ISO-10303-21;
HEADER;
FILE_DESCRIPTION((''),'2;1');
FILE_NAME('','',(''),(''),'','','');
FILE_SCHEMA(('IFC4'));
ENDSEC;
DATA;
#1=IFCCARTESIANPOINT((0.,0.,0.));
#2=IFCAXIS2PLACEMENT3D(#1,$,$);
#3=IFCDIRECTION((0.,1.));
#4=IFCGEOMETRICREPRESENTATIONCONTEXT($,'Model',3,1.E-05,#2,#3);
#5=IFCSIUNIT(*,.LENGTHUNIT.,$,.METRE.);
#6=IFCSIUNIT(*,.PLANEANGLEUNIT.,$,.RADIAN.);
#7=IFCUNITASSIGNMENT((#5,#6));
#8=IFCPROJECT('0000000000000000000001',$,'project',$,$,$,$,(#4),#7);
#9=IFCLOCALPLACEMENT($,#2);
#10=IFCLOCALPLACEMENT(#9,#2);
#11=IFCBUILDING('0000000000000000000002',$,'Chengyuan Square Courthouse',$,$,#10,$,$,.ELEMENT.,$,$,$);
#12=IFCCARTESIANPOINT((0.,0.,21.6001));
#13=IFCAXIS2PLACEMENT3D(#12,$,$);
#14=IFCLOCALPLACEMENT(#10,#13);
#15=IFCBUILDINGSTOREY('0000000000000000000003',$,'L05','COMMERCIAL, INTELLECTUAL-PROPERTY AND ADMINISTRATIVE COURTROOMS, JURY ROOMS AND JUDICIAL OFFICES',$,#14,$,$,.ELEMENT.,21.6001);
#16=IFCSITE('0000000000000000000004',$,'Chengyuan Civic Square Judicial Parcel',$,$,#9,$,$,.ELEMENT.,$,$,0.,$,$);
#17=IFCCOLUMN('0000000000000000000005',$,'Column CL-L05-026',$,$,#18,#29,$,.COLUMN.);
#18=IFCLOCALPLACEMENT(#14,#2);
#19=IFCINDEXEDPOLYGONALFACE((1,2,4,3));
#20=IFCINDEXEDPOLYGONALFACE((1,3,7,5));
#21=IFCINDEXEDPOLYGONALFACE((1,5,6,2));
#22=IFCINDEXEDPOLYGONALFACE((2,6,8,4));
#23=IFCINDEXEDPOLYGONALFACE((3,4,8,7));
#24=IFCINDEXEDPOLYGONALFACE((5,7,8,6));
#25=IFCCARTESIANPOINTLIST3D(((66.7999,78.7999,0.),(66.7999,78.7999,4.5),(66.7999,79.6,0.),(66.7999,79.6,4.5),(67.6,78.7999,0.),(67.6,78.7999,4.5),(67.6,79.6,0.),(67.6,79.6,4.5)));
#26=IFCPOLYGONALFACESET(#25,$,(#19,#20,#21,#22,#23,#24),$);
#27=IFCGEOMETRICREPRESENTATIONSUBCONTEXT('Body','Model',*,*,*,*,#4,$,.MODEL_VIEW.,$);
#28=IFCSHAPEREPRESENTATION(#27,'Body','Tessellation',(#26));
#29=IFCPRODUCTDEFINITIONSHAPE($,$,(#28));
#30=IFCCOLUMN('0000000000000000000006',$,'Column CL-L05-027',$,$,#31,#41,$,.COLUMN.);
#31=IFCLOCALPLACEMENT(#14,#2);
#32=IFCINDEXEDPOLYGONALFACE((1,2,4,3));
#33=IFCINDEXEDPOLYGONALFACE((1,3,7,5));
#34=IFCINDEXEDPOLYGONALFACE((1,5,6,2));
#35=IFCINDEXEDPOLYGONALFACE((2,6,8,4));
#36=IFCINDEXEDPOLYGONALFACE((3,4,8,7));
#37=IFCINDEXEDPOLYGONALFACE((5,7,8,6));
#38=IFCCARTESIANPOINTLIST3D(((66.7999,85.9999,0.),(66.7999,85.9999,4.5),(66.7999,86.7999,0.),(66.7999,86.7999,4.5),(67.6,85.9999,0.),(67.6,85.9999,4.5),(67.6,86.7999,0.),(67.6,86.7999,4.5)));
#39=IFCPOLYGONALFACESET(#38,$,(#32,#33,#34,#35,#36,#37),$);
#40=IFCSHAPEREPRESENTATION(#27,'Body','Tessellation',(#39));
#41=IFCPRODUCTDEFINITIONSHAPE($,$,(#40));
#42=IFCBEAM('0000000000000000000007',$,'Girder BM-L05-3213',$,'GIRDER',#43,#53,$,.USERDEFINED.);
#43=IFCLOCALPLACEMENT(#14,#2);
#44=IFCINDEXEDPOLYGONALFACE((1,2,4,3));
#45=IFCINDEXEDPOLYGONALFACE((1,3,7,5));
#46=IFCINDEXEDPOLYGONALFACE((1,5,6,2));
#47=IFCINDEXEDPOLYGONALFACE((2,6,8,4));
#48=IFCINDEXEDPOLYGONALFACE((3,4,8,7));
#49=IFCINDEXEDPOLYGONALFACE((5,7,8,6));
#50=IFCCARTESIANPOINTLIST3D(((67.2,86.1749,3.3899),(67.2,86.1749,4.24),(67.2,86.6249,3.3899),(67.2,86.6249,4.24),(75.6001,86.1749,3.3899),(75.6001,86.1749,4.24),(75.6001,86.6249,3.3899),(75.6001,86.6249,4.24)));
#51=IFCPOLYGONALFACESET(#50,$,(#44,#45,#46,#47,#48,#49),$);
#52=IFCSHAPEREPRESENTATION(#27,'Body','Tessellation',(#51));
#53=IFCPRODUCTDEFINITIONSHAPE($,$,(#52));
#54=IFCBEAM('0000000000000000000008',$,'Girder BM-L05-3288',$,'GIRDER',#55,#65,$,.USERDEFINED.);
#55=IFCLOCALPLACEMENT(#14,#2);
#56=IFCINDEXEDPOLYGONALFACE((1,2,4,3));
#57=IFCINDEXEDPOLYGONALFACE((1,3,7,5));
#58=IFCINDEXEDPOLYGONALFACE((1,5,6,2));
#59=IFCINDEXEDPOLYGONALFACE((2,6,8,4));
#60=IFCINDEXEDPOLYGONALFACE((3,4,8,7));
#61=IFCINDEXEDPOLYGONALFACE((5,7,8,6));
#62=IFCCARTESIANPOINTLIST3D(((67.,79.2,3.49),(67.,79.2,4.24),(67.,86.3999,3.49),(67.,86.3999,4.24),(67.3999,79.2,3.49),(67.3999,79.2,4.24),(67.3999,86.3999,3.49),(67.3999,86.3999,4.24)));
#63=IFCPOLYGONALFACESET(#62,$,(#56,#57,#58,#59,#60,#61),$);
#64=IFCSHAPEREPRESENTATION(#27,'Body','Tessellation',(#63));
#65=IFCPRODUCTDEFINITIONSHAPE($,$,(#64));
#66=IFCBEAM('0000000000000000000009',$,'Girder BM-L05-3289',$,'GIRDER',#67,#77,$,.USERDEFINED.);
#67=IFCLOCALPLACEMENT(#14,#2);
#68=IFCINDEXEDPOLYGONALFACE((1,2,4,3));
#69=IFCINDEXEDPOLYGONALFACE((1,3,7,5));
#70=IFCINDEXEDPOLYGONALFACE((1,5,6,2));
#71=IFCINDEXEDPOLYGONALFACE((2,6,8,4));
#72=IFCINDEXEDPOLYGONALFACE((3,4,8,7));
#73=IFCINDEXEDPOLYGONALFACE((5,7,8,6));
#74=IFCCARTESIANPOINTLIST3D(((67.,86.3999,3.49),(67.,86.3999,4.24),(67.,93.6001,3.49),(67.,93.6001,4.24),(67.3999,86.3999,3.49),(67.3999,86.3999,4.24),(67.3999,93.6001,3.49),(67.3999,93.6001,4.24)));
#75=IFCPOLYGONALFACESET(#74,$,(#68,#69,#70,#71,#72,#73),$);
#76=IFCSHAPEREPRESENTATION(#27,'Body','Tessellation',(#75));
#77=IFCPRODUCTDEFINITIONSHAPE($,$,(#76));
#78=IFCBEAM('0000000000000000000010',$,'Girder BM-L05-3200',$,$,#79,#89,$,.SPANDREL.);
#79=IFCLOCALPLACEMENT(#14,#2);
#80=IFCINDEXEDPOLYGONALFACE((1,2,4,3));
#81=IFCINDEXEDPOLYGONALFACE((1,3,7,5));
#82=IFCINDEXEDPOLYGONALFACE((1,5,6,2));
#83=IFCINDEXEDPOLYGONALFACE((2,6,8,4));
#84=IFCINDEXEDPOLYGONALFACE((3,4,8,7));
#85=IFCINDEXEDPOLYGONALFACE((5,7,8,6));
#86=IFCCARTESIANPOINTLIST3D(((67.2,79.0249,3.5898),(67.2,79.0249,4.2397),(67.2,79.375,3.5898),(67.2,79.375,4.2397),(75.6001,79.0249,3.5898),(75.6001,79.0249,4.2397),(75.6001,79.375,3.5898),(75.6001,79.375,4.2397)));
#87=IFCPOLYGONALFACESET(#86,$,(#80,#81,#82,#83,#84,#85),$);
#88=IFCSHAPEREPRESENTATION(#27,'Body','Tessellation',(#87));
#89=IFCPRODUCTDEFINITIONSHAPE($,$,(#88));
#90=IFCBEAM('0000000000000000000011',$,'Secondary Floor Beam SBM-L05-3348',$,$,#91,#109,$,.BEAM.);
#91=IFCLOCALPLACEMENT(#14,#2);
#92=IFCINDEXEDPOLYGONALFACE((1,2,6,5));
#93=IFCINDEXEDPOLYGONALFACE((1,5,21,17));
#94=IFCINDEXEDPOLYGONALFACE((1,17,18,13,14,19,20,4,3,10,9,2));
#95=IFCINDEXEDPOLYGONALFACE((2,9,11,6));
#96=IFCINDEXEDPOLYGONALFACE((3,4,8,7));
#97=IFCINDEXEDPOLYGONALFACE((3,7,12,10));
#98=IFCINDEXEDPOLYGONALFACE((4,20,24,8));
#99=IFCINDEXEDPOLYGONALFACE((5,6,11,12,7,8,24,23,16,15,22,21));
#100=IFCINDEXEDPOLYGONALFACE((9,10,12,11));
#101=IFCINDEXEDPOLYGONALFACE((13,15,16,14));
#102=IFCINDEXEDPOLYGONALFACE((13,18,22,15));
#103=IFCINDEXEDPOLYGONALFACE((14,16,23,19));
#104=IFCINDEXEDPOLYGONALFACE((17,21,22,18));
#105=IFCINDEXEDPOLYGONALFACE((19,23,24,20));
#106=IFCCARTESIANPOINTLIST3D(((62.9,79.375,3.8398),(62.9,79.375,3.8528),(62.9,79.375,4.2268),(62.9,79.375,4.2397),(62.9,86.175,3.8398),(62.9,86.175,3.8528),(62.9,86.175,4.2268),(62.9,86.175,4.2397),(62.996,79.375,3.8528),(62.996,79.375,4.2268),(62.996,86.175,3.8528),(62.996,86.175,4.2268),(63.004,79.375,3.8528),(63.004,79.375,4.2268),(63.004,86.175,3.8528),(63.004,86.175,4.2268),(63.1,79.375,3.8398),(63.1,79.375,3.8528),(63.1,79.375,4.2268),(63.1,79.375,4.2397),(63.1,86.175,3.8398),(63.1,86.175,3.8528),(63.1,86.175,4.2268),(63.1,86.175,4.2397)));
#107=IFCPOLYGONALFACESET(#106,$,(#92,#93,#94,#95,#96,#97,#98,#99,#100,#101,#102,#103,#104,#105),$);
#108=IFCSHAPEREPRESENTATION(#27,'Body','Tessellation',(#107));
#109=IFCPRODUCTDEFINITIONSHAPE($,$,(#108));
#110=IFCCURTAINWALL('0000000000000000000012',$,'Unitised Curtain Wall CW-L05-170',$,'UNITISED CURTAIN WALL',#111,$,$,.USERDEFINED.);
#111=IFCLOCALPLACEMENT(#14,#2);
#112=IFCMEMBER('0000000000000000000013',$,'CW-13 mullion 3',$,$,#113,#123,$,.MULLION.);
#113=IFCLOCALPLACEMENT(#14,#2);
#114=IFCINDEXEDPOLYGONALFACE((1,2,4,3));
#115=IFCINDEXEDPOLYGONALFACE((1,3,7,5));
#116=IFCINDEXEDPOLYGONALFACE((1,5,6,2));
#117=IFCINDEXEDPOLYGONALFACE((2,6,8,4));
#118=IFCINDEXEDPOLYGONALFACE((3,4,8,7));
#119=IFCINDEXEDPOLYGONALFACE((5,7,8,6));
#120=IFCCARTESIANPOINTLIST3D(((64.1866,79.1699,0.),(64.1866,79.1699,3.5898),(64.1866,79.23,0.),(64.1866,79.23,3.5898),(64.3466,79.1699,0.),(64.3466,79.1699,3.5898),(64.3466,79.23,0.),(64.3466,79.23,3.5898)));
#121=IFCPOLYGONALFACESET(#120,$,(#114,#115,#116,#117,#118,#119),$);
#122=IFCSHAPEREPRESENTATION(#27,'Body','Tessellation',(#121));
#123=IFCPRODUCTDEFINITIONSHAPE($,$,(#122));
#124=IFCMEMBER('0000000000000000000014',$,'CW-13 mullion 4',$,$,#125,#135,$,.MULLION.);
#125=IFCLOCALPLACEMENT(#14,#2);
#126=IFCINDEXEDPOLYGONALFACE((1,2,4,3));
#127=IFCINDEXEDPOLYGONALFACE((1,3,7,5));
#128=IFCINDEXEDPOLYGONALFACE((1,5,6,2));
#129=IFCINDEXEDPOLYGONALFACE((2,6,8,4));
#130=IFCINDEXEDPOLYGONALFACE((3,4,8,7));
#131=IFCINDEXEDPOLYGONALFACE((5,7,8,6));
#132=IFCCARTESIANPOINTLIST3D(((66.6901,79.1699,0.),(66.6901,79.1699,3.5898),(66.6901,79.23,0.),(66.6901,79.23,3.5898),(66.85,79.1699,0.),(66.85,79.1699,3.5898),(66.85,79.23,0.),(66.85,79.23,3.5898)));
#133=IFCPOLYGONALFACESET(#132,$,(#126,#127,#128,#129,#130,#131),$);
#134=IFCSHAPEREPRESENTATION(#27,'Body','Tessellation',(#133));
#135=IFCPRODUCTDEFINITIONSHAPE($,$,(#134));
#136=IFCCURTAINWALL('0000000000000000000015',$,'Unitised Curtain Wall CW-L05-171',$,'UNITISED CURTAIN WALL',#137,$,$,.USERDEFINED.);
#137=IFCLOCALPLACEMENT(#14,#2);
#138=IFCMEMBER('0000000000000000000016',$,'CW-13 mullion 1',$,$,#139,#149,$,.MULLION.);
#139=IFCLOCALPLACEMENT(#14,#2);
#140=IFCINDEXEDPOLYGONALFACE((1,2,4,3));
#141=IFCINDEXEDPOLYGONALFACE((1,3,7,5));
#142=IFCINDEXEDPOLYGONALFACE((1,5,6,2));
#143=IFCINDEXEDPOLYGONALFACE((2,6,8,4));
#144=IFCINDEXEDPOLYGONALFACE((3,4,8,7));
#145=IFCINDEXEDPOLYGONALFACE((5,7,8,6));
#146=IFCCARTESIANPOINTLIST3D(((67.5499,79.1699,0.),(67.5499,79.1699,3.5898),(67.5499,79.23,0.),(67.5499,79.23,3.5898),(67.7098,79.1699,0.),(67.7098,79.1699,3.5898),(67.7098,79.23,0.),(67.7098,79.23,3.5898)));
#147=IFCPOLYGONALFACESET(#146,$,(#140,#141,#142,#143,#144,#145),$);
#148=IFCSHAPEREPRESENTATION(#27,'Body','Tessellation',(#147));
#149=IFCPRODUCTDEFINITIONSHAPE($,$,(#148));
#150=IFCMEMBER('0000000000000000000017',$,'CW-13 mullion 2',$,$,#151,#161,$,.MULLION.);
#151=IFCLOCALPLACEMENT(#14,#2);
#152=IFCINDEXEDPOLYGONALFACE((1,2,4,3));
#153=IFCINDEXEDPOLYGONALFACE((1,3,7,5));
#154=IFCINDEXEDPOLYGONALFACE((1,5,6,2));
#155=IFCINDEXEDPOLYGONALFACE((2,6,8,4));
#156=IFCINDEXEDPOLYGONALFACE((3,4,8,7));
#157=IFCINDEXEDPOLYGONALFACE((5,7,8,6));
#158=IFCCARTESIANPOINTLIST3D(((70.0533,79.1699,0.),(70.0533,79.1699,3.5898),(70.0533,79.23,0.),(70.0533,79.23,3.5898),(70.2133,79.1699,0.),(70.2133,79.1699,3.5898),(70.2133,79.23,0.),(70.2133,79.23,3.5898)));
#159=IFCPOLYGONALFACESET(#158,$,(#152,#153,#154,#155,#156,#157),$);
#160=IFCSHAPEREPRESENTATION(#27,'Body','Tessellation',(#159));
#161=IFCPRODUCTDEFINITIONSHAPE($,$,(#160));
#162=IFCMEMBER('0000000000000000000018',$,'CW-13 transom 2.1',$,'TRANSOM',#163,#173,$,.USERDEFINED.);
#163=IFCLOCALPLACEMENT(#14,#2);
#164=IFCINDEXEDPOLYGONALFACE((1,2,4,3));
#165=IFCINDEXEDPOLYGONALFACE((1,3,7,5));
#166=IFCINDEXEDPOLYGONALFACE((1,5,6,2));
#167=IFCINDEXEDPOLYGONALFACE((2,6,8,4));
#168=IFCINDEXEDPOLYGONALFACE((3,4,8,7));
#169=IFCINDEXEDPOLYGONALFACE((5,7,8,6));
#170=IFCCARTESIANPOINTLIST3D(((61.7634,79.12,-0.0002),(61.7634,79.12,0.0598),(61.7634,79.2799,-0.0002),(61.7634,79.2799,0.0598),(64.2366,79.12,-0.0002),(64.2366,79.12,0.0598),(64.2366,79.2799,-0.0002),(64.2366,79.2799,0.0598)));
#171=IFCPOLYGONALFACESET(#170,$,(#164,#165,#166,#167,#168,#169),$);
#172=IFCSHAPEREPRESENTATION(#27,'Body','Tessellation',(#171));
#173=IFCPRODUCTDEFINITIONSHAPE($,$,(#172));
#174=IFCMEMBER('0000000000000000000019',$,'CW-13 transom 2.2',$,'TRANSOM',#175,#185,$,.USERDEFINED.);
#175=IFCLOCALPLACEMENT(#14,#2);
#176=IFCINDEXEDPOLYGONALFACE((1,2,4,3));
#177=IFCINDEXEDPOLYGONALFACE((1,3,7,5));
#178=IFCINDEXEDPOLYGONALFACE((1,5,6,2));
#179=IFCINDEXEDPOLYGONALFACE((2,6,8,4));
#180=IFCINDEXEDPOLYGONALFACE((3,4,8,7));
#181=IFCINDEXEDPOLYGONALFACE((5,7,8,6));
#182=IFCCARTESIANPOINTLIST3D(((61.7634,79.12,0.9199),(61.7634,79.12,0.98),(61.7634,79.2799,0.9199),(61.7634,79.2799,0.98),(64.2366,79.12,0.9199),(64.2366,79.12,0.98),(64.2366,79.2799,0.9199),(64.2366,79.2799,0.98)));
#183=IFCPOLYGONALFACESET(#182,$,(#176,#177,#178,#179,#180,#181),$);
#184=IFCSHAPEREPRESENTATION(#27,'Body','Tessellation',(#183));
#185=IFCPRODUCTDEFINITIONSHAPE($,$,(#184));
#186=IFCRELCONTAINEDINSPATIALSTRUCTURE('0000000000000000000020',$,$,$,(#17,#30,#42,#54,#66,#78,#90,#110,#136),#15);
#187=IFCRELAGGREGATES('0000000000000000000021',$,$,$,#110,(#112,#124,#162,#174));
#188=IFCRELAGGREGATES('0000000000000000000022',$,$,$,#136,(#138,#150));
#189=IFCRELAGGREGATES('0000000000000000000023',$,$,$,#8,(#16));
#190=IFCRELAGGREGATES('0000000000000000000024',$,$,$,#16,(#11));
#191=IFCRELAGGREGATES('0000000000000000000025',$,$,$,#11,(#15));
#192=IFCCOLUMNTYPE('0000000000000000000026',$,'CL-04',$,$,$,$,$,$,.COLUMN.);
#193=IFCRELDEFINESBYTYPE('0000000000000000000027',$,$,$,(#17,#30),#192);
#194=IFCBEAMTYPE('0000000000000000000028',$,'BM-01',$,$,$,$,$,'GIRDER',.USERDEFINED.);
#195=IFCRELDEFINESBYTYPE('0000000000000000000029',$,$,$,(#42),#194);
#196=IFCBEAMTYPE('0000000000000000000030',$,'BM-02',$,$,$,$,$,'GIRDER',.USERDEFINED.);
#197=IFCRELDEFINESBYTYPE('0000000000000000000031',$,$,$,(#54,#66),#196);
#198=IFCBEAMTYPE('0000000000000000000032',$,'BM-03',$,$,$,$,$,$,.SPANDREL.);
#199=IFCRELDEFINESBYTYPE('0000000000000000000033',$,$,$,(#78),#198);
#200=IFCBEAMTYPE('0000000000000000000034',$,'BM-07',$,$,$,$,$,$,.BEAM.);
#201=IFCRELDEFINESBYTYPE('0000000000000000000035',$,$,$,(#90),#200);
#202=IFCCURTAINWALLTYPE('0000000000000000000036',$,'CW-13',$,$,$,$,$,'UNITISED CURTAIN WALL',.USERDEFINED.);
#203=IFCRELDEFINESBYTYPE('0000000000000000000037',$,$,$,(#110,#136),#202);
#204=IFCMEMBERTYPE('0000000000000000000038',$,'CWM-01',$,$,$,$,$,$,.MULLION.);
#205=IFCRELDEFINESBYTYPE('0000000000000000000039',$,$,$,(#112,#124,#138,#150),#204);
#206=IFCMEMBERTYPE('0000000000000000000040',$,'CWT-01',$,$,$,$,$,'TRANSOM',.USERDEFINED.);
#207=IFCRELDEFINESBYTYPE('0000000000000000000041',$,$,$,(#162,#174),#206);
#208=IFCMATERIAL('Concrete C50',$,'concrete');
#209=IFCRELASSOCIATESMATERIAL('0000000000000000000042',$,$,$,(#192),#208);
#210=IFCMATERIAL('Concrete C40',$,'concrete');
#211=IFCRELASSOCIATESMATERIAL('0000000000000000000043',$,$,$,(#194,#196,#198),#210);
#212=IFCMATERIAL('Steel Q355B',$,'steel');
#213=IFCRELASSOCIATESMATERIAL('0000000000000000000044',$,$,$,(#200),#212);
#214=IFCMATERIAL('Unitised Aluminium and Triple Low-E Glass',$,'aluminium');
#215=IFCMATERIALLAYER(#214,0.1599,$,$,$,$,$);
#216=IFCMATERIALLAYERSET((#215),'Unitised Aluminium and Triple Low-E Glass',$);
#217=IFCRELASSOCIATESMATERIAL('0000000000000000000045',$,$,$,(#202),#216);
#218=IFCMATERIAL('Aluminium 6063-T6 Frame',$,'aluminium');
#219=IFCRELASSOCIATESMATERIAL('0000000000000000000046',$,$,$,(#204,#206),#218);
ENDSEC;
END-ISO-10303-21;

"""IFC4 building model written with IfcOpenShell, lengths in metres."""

from ifc_helpers import new_model, si_unit, direction, frame, origin, origin_2d, place, context, subcontext, project, spatial, rectangle, i_section, extrude, material, layer, layer_set, material_profile, profile_set, type_object, element, aggregate, save


model = new_model("IFC4")

# Units and contexts
model_context = context("Model", 3, precision=1e-05, world=origin(), true_north=direction((0.0, 1.0)))
body_context = subcontext(model_context, "Body", "Model", "MODEL_VIEW")
ifc_project = project(units=[si_unit("LENGTHUNIT", "METRE"), si_unit("PLANEANGLEUNIT", "RADIAN")], contexts=[model_context])

# Site, building, storey
site_placement = place(None, origin())
site = spatial("IfcSite", under=ifc_project, at=site_placement, Name="Chengyuan Civic Square Judicial Parcel", CompositionType="ELEMENT", RefElevation=0.0)
building_placement = place(site_placement, origin())
building = spatial("IfcBuilding", under=site, at=building_placement, Name="Chengyuan Square Courthouse", CompositionType="ELEMENT")
storey_placement = place(building_placement, frame((0.0, 0.0, 21.6001)))
storey = spatial("IfcBuildingStorey", under=building, at=storey_placement, Name="L05", Description="COMMERCIAL, INTELLECTUAL-PROPERTY AND ADMINISTRATIVE COURTROOMS, JURY ROOMS AND JUDICIAL OFFICES", CompositionType="ELEMENT", Elevation=21.6001)

# Columns
ifc_material_1 = material(Name="Concrete C50", Category="concrete")
ifc_material_profile_1 = material_profile(ifc_material_1, rectangle(XDim=0.8, YDim=0.8, at=origin_2d()), Name="RC-COL-800x800")
ifc_profile_set_1 = profile_set([ifc_material_profile_1], Name="Concrete C50")
column_type = type_object("IfcColumnType", Name="CL-04", PredefinedType="COLUMN", material=ifc_profile_set_1)
for number, where, z_axis, x_axis, name in (
    (1, (67.2, 79.2, 0.0), (0.0, 0.0, 1.0), (1.0, 0.0, 0.0), "Column CL-L05-026"),
    (2, (67.2, 86.3999, 0.0), (0.0, 0.0, 1.0), (1.0, 0.0, 0.0), "Column CL-L05-027"),
):
    element("IfcColumn", number, at=place(storey_placement, frame(where, z_axis=z_axis, x_axis=x_axis)), inside=storey, type_object=column_type, Name=name, PredefinedType="COLUMN", context=body_context, shape_type="SweptSolid", body=[
        extrude(rectangle(XDim=0.8, YDim=0.8, at=origin_2d()), origin(), (0.0, 0.0, 1.0), 4.5),
    ])

# Beams
ifc_material_2 = material(Name="Concrete C40", Category="concrete")
ifc_material_profile_2 = material_profile(ifc_material_2, rectangle(XDim=0.45, YDim=0.8501, at=origin_2d()), Name="RC-BM-450x850")
ifc_profile_set_2 = profile_set([ifc_material_profile_2], Name="Concrete C40")
beam_type_1 = type_object("IfcBeamType", Name="BM-01", ElementType="GIRDER", PredefinedType="USERDEFINED", material=ifc_profile_set_2)
beam_1_placement = place(storey_placement, frame((67.2, 86.3999, 3.8149), z_axis=(1.0, 0.0, 0.0), x_axis=(0.0, 1.0, 0.0)))
element("IfcBeam", 3, at=beam_1_placement, inside=storey, type_object=beam_type_1, Name="Girder BM-L05-3213", ObjectType="GIRDER", PredefinedType="USERDEFINED", context=body_context, shape_type="SweptSolid", body=[
    extrude(rectangle(XDim=0.45, YDim=0.8501, at=origin_2d()), origin(), (0.0, 0.0, 1.0), 8.4001),
])
ifc_material_profile_3 = material_profile(ifc_material_2, rectangle(XDim=0.3999, YDim=0.75, at=origin_2d()), Name="RC-BM-400x750")
ifc_profile_set_3 = profile_set([ifc_material_profile_3], Name="Concrete C40")
beam_type_2 = type_object("IfcBeamType", Name="BM-02", ElementType="GIRDER", PredefinedType="USERDEFINED", material=ifc_profile_set_3)
beam_2_placement = place(storey_placement, frame((67.2, 79.2, 3.865), z_axis=(0.0, 1.0, 0.0), x_axis=(-1.0, 0.0, 0.0)))
element("IfcBeam", 4, at=beam_2_placement, inside=storey, type_object=beam_type_2, Name="Girder BM-L05-3288", ObjectType="GIRDER", PredefinedType="USERDEFINED", context=body_context, shape_type="SweptSolid", body=[
    extrude(rectangle(XDim=0.3999, YDim=0.75, at=origin_2d()), origin(), (0.0, 0.0, 1.0), 7.2),
])
beam_3_placement = place(storey_placement, frame((67.2, 86.3999, 3.865), z_axis=(0.0, 1.0, 0.0), x_axis=(-1.0, 0.0, 0.0)))
element("IfcBeam", 5, at=beam_3_placement, inside=storey, type_object=beam_type_2, Name="Girder BM-L05-3289", ObjectType="GIRDER", PredefinedType="USERDEFINED", context=body_context, shape_type="SweptSolid", body=[
    extrude(rectangle(XDim=0.3999, YDim=0.75, at=origin_2d()), origin(), (0.0, 0.0, 1.0), 7.2002),
])
ifc_material_profile_4 = material_profile(ifc_material_2, rectangle(XDim=0.3501, YDim=0.6499, at=origin_2d()), Name="RC-BM-350x650")
ifc_profile_set_4 = profile_set([ifc_material_profile_4], Name="Concrete C40")
beam_type_3 = type_object("IfcBeamType", Name="BM-03", PredefinedType="SPANDREL", material=ifc_profile_set_4)
beam_4_placement = place(storey_placement, frame((67.2, 79.2, 3.9148), z_axis=(1.0, 0.0, 0.0), x_axis=(0.0, 1.0, 0.0)))
element("IfcBeam", 6, at=beam_4_placement, inside=storey, type_object=beam_type_3, Name="Girder BM-L05-3200", PredefinedType="SPANDREL", context=body_context, shape_type="SweptSolid", body=[
    extrude(rectangle(XDim=0.3501, YDim=0.6499, at=origin_2d()), origin(), (0.0, 0.0, 1.0), 8.4001),
])
ifc_material_3 = material(Name="Steel Q355B", Category="steel")
ifc_material_profile_5 = material_profile(ifc_material_3, i_section(OverallWidth=0.2, OverallDepth=0.3999, WebThickness=0.0081, FlangeThickness=0.0129, at=origin_2d()), Name="HN 400x200x8x13")
ifc_profile_set_5 = profile_set([ifc_material_profile_5], Name="Steel Q355B")
beam_type_4 = type_object("IfcBeamType", Name="BM-07", PredefinedType="BEAM", material=ifc_profile_set_5)
beam_5_placement = place(storey_placement, frame((63.0, 79.375, 4.0398), z_axis=(0.0, 1.0, 0.0), x_axis=(-1.0, 0.0, 0.0)))
element("IfcBeam", 7, at=beam_5_placement, inside=storey, type_object=beam_type_4, Name="Secondary Floor Beam SBM-L05-3348", PredefinedType="BEAM", context=body_context, shape_type="SweptSolid", body=[
    extrude(i_section(OverallWidth=0.2, OverallDepth=0.3999, WebThickness=0.0081, FlangeThickness=0.0129, at=origin_2d()), origin(), (0.0, 0.0, 1.0), 6.8),
])

# Curtain walls, members
ifc_material_4 = material(Name="Unitised Aluminium and Triple Low-E Glass", Category="aluminium")
ifc_layer_1 = layer(ifc_material_4, 0.1599)
ifc_layer_set_1 = layer_set([ifc_layer_1], Name="Unitised Aluminium and Triple Low-E Glass")
curtain_wall_type = type_object("IfcCurtainWallType", Name="CW-13", ElementType="UNITISED CURTAIN WALL", PredefinedType="USERDEFINED", material=ifc_layer_set_1)
curtain_wall_1_placement = place(storey_placement, origin())
curtain_wall_1 = element("IfcCurtainWall", 8, at=curtain_wall_1_placement, inside=storey, type_object=curtain_wall_type, Name="Unitised Curtain Wall CW-L05-170", ObjectType="UNITISED CURTAIN WALL", PredefinedType="USERDEFINED")
ifc_material_5 = material(Name="Aluminium 6063-T6 Frame", Category="aluminium")
ifc_material_profile_6 = material_profile(ifc_material_5, rectangle(XDim=0.0601, YDim=0.1599, at=origin_2d()), Name="CW-MUL-60x160")
ifc_profile_set_6 = profile_set([ifc_material_profile_6], Name="Aluminium 6063-T6 Frame")
member_type_1 = type_object("IfcMemberType", Name="CWM-01", PredefinedType="MULLION", material=ifc_profile_set_6)
member_1_placement = place(storey_placement, frame((64.2666, 79.2, 0.0), z_axis=(0.0, 0.0, 1.0), x_axis=(0.0, 1.0, 0.0)))
member_1 = element("IfcMember", 9, at=member_1_placement, type_object=member_type_1, Name="CW-13 mullion 3", PredefinedType="MULLION", context=body_context, shape_type="SweptSolid", body=[
    extrude(rectangle(XDim=0.0601, YDim=0.1599, at=origin_2d()), origin(), (0.0, 0.0, 1.0), 3.5898),
])
member_2_placement = place(storey_placement, frame((66.77, 79.2, 0.0), z_axis=(0.0, 0.0, 1.0), x_axis=(0.0, 1.0, 0.0)))
member_2 = element("IfcMember", 10, at=member_2_placement, type_object=member_type_1, Name="CW-13 mullion 4", PredefinedType="MULLION", context=body_context, shape_type="SweptSolid", body=[
    extrude(rectangle(XDim=0.0601, YDim=0.1599, at=origin_2d()), origin(), (0.0, 0.0, 1.0), 3.5898),
])
curtain_wall_2_placement = place(storey_placement, origin())
curtain_wall_2 = element("IfcCurtainWall", 11, at=curtain_wall_2_placement, inside=storey, type_object=curtain_wall_type, Name="Unitised Curtain Wall CW-L05-171", ObjectType="UNITISED CURTAIN WALL", PredefinedType="USERDEFINED")
member_3_placement = place(storey_placement, frame((67.6299, 79.2, 0.0), z_axis=(0.0, 0.0, 1.0), x_axis=(0.0, 1.0, 0.0)))
member_3 = element("IfcMember", 12, at=member_3_placement, type_object=member_type_1, Name="CW-13 mullion 1", PredefinedType="MULLION", context=body_context, shape_type="SweptSolid", body=[
    extrude(rectangle(XDim=0.0601, YDim=0.1599, at=origin_2d()), origin(), (0.0, 0.0, 1.0), 3.5898),
])
member_4_placement = place(storey_placement, frame((70.1333, 79.2, 0.0), z_axis=(0.0, 0.0, 1.0), x_axis=(0.0, 1.0, 0.0)))
member_4 = element("IfcMember", 13, at=member_4_placement, type_object=member_type_1, Name="CW-13 mullion 2", PredefinedType="MULLION", context=body_context, shape_type="SweptSolid", body=[
    extrude(rectangle(XDim=0.0601, YDim=0.1599, at=origin_2d()), origin(), (0.0, 0.0, 1.0), 3.5898),
])

# Members
ifc_material_profile_7 = material_profile(ifc_material_5, rectangle(XDim=0.1599, YDim=0.0601, at=origin_2d()), Name="CW-TRN-60x120")
ifc_profile_set_7 = profile_set([ifc_material_profile_7], Name="Aluminium 6063-T6 Frame")
member_type_2 = type_object("IfcMemberType", Name="CWT-01", ElementType="TRANSOM", PredefinedType="USERDEFINED", material=ifc_profile_set_7)
member_5_placement = place(storey_placement, frame((61.7634, 79.2, 0.0298), z_axis=(1.0, 0.0, 0.0), x_axis=(0.0, 1.0, 0.0)))
member_5 = element("IfcMember", 14, at=member_5_placement, type_object=member_type_2, Name="CW-13 transom 2.1", ObjectType="TRANSOM", PredefinedType="USERDEFINED", context=body_context, shape_type="SweptSolid", body=[
    extrude(rectangle(XDim=0.1599, YDim=0.0601, at=origin_2d()), origin(), (0.0, 0.0, 1.0), 2.4731),
])
member_6_placement = place(storey_placement, frame((61.7634, 79.2, 0.95), z_axis=(1.0, 0.0, 0.0), x_axis=(0.0, 1.0, 0.0)))
member_6 = element("IfcMember", 15, at=member_6_placement, type_object=member_type_2, Name="CW-13 transom 2.2", ObjectType="TRANSOM", PredefinedType="USERDEFINED", context=body_context, shape_type="SweptSolid", body=[
    extrude(rectangle(XDim=0.1599, YDim=0.0601, at=origin_2d()), origin(), (0.0, 0.0, 1.0), 2.4731),
])

aggregate(curtain_wall_1, [member_1, member_2, member_5, member_6])
aggregate(curtain_wall_2, [member_3, member_4])

save(model, "model.ifc")
